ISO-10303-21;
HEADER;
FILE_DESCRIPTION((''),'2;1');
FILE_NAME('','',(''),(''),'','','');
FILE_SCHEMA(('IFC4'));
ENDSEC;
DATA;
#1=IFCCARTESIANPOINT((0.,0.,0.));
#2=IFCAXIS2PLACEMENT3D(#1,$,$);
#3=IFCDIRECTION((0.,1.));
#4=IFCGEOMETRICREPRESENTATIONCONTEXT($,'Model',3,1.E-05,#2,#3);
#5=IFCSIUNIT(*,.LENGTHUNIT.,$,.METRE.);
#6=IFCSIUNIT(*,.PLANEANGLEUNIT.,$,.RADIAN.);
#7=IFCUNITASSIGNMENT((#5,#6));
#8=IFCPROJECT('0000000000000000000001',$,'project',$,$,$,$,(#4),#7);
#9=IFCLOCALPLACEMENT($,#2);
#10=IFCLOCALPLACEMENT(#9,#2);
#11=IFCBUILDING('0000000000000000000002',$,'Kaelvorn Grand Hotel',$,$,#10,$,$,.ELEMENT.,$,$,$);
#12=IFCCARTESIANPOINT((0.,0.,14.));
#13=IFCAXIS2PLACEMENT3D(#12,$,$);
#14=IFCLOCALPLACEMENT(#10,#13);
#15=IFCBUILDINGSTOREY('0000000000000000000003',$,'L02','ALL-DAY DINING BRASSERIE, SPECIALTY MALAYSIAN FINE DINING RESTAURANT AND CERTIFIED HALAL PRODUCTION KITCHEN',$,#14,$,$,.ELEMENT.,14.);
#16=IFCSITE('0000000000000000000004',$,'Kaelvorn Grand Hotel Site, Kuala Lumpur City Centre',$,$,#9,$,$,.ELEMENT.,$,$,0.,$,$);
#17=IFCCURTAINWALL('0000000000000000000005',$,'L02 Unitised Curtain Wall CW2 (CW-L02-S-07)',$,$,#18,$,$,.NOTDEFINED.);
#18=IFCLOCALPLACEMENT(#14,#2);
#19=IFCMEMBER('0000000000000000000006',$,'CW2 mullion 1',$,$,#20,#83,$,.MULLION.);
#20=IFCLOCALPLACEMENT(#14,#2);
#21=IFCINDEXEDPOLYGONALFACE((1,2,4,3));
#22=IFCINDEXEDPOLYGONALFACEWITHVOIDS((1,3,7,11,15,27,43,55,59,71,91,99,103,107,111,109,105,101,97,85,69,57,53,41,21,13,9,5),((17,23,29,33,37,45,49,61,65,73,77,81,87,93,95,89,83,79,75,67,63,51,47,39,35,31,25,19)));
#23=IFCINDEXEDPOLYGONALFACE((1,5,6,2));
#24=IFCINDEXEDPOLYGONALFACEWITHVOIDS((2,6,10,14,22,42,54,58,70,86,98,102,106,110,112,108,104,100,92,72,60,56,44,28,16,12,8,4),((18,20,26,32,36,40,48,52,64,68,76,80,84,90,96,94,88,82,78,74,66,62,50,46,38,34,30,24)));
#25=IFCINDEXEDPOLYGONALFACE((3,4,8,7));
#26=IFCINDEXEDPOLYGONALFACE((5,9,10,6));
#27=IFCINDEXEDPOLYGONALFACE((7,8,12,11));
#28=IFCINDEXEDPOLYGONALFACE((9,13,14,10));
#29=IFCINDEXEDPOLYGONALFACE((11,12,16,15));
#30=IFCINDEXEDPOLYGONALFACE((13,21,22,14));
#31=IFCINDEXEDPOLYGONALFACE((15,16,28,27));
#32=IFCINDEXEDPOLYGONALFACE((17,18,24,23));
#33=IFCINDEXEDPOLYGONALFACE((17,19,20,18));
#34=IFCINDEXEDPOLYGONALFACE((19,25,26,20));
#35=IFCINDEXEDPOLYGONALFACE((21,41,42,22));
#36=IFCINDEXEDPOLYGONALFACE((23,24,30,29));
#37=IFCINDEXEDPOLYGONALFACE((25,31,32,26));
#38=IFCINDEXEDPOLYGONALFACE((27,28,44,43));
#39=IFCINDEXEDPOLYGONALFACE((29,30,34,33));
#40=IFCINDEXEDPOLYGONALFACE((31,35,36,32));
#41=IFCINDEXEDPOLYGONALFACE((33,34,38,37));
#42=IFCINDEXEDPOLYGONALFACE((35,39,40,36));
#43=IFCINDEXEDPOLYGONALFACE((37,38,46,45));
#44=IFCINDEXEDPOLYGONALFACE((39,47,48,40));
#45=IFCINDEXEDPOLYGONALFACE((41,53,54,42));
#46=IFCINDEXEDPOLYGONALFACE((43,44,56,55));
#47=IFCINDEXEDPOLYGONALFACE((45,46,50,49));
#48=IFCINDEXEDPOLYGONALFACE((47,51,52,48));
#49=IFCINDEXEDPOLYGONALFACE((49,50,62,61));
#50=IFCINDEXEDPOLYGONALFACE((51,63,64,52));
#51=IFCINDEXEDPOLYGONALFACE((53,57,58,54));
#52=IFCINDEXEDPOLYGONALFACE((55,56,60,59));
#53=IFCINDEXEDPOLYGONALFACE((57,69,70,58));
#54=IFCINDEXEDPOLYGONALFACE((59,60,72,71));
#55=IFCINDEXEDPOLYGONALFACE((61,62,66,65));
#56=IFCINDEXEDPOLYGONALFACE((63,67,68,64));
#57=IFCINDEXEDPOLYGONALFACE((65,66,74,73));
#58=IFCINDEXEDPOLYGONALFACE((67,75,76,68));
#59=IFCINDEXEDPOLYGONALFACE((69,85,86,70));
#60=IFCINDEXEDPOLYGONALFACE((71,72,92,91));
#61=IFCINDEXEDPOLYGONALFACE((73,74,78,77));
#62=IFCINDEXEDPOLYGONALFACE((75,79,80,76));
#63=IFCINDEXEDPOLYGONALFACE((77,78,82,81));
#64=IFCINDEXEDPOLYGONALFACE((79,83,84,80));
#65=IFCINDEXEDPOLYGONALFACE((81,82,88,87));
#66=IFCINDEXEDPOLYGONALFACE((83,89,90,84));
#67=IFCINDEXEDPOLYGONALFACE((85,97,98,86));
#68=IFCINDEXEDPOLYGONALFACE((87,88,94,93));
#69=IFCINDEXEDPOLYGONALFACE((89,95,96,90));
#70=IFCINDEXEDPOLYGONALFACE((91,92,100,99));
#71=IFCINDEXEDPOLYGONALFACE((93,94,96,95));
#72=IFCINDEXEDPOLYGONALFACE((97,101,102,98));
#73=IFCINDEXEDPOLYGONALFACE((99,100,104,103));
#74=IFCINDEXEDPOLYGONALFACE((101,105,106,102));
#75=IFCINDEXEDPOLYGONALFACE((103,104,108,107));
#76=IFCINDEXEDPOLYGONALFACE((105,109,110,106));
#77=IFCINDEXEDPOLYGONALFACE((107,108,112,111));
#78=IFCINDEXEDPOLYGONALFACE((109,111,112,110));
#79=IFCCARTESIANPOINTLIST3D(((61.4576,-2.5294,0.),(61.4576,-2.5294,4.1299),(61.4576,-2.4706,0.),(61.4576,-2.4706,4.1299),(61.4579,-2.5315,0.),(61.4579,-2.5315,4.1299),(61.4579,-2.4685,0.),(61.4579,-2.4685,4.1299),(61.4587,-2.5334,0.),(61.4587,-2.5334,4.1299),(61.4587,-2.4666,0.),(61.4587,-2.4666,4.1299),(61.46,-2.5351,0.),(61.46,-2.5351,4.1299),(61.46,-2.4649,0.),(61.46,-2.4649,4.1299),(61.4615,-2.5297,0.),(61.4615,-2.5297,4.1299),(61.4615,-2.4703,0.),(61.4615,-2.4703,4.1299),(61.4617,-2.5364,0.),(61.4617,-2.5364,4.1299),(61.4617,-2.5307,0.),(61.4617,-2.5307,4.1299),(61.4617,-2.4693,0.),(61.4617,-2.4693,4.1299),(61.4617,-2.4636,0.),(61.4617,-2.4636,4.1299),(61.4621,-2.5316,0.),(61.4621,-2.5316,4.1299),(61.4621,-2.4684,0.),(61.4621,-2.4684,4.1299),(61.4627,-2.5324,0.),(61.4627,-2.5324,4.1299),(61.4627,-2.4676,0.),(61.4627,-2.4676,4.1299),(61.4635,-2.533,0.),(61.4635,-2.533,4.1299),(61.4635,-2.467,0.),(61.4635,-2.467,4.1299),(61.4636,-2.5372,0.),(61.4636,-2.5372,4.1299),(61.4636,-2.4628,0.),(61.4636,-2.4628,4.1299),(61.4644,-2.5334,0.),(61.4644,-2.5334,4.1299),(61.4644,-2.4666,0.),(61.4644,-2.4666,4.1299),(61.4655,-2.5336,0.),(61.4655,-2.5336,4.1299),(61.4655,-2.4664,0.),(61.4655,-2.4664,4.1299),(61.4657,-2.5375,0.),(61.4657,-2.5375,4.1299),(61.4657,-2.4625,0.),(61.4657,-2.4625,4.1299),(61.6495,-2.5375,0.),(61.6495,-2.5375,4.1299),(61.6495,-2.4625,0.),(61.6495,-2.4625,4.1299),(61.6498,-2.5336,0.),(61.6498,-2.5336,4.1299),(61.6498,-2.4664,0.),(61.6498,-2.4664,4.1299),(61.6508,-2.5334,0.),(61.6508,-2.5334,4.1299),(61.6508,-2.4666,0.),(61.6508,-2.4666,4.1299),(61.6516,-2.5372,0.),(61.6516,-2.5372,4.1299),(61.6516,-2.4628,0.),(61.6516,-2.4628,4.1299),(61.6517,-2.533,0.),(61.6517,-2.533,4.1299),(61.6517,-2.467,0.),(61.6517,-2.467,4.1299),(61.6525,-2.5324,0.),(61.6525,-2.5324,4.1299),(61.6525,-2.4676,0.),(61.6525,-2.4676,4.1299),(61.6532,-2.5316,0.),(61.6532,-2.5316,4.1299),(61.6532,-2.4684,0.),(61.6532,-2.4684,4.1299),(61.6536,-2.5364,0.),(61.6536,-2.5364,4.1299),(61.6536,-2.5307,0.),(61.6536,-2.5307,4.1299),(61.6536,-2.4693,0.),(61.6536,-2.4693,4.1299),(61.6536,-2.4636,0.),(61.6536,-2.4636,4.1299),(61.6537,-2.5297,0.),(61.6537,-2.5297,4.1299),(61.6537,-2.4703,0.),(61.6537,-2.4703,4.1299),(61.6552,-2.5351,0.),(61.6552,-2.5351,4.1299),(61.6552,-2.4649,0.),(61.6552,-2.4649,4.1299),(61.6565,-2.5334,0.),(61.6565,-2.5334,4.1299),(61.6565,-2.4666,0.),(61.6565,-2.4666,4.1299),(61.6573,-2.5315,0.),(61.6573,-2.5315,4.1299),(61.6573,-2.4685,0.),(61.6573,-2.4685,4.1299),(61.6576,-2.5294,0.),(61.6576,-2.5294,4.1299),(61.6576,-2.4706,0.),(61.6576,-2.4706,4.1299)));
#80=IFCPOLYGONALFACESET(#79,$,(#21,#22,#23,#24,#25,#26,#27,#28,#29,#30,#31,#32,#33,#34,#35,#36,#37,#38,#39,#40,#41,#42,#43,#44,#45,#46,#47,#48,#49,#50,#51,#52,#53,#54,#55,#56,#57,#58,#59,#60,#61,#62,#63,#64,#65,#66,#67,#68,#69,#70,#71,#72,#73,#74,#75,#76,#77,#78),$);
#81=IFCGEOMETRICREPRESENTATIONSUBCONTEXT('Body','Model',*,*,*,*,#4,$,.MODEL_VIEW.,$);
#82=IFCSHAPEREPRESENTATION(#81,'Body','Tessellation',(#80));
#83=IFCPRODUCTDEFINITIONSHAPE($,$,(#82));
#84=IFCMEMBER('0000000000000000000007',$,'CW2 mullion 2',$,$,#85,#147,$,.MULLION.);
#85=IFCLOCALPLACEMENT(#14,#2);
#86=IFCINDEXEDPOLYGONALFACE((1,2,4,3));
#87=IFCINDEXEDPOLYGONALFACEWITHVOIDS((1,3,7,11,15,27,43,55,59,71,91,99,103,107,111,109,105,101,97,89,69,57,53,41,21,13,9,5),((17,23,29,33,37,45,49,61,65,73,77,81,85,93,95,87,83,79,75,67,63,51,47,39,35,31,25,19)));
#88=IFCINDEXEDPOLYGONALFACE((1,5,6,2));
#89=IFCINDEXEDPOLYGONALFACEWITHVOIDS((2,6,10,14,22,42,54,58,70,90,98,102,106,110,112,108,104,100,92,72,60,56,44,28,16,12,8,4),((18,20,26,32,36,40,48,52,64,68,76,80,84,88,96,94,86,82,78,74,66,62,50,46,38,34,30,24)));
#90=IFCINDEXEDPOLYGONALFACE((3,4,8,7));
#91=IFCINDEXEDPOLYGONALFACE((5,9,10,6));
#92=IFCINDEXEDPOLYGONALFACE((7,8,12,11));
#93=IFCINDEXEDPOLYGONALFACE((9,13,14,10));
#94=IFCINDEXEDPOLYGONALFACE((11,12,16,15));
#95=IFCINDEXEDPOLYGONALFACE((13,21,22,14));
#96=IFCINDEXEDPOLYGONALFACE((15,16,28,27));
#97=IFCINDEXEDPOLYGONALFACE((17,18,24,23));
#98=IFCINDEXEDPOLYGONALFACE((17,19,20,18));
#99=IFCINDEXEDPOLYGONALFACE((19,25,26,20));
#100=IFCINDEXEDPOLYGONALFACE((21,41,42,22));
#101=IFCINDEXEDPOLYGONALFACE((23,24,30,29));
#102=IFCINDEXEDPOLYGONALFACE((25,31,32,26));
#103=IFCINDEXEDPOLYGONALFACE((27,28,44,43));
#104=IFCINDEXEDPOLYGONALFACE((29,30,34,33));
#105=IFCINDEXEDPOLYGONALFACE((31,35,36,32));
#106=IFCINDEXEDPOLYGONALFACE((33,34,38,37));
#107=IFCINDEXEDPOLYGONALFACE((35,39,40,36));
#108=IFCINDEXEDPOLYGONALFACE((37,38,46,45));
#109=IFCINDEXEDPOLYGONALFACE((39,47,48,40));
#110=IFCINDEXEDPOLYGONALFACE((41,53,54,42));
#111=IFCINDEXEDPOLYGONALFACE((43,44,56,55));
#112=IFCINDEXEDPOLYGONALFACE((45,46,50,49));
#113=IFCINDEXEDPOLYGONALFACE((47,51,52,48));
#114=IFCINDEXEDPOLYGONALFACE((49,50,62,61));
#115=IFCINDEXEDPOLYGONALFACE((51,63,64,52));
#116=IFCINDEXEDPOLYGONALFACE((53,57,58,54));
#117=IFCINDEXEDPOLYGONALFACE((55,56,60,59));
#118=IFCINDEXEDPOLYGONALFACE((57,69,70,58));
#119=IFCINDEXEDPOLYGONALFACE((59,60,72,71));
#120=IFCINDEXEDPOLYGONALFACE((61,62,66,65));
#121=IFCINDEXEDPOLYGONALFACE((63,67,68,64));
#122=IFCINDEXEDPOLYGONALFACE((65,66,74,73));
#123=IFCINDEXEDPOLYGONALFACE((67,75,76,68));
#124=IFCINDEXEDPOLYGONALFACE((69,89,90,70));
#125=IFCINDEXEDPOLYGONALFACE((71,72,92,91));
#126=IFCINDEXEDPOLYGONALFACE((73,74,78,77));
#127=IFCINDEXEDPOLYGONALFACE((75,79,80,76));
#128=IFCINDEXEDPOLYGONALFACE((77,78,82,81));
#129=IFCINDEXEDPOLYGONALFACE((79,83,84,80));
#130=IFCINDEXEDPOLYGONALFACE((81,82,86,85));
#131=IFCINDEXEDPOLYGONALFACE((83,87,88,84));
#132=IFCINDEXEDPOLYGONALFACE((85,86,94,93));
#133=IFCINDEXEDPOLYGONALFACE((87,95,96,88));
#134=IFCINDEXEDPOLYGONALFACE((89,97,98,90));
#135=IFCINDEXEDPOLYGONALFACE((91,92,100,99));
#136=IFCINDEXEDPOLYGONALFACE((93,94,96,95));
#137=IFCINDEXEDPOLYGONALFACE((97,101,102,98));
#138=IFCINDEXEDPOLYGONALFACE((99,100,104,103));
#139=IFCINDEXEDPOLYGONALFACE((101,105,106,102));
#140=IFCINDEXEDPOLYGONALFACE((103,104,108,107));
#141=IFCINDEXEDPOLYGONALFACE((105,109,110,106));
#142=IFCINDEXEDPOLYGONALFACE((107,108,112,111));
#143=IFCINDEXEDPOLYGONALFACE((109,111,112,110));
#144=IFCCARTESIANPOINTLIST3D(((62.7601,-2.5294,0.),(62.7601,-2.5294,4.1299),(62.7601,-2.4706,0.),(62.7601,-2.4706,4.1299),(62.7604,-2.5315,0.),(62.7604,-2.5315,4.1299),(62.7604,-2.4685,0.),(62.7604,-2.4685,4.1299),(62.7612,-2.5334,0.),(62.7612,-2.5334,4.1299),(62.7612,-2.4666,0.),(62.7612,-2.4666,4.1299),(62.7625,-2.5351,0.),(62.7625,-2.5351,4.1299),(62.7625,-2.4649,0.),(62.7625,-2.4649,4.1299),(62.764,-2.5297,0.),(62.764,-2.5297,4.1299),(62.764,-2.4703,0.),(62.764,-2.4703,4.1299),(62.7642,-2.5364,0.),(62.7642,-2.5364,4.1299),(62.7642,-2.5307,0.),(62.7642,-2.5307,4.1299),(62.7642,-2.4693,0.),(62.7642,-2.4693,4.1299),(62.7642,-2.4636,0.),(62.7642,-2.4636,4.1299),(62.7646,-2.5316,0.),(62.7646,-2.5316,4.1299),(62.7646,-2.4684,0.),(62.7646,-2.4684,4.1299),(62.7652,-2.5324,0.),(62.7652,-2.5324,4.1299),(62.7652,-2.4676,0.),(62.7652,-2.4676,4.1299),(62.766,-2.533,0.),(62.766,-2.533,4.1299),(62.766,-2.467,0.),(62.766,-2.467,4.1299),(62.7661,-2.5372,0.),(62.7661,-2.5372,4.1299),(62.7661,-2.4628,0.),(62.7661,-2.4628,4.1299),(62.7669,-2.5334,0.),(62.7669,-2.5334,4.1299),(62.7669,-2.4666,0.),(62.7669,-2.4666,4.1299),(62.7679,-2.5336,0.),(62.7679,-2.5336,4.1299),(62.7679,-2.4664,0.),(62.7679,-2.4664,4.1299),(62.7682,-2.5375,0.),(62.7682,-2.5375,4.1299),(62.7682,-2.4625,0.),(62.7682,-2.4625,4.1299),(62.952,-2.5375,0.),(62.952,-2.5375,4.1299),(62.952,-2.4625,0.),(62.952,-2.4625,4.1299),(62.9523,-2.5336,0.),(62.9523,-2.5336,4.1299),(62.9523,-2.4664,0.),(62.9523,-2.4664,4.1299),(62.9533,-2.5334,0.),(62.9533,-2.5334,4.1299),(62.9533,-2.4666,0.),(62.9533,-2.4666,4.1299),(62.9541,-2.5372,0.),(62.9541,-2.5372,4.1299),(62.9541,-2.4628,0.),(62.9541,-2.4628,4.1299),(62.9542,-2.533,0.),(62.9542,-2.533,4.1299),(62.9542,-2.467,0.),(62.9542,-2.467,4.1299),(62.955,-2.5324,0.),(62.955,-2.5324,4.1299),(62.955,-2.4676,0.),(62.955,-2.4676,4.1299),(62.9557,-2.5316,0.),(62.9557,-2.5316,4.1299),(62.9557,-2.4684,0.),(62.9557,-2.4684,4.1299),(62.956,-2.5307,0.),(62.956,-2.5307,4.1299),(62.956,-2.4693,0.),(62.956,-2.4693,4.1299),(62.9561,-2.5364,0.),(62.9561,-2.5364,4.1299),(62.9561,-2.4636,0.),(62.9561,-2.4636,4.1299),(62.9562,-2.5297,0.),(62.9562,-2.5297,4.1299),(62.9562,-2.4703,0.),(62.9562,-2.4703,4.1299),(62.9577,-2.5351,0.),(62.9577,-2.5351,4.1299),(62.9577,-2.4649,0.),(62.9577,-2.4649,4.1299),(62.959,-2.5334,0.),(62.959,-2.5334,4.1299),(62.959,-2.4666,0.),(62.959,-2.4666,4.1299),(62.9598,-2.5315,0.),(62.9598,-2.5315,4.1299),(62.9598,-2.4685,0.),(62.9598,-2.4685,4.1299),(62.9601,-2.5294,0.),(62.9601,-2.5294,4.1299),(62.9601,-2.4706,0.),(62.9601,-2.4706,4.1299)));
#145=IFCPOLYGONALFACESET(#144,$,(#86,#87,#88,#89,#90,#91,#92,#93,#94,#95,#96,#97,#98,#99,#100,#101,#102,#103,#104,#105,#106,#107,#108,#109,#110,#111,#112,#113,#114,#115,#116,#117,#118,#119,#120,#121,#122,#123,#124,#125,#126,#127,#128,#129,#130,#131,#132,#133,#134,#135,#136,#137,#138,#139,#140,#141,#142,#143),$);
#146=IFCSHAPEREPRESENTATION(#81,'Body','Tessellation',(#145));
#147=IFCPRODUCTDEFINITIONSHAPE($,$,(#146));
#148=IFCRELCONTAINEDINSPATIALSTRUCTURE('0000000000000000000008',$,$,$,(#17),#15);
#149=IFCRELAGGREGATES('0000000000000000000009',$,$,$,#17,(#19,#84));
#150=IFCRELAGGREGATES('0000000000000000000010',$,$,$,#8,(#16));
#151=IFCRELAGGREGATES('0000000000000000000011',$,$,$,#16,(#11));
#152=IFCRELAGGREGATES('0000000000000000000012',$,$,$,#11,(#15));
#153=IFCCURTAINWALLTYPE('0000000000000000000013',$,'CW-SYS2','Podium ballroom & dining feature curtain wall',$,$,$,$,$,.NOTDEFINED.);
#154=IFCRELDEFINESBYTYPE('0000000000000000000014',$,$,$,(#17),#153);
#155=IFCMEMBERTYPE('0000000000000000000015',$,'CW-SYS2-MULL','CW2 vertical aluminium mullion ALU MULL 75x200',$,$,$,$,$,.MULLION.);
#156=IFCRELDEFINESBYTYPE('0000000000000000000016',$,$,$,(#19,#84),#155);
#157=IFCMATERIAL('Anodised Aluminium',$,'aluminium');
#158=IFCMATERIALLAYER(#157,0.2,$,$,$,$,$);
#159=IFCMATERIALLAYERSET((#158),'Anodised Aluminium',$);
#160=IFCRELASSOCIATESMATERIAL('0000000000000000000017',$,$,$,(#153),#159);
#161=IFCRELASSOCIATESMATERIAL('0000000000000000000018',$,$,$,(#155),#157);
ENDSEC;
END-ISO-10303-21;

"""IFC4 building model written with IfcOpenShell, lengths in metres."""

from ifc_helpers import new_model, si_unit, direction, frame, origin, origin_2d, place, context, subcontext, project, spatial, hollow_rectangle, extrude, material, layer, layer_set, material_profile, profile_set, type_object, element, aggregate, save


model = new_model("IFC4")

# Units and contexts
model_context = context("Model", 3, precision=1e-05, world=origin(), true_north=direction((0.0, 1.0)))
body_context = subcontext(model_context, "Body", "Model", "MODEL_VIEW")
ifc_project = project(units=[si_unit("LENGTHUNIT", "METRE"), si_unit("PLANEANGLEUNIT", "RADIAN")], contexts=[model_context])

# Site, building, storey
site_placement = place(None, origin())
site = spatial("IfcSite", under=ifc_project, at=site_placement, Name="Kaelvorn Grand Hotel Site, Kuala Lumpur City Centre", CompositionType="ELEMENT", RefElevation=0.0)
building_placement = place(site_placement, origin())
building = spatial("IfcBuilding", under=site, at=building_placement, Name="Kaelvorn Grand Hotel", CompositionType="ELEMENT")
storey_placement = place(building_placement, frame((0.0, 0.0, 14.0)))
storey = spatial("IfcBuildingStorey", under=building, at=storey_placement, Name="L02", Description="ALL-DAY DINING BRASSERIE, SPECIALTY MALAYSIAN FINE DINING RESTAURANT AND CERTIFIED HALAL PRODUCTION KITCHEN", CompositionType="ELEMENT", Elevation=14.0)

# Curtain wall, members
ifc_material_1 = material(Name="Anodised Aluminium", Category="aluminium")
ifc_layer_1 = layer(ifc_material_1, 0.2)
ifc_layer_set_1 = layer_set([ifc_layer_1], Name="Anodised Aluminium")
curtain_wall_type = type_object("IfcCurtainWallType", Name="CW-SYS2", Description="Podium ballroom & dining feature curtain wall", PredefinedType="NOTDEFINED", material=ifc_layer_set_1)
ifc_material_profile_1 = material_profile(ifc_material_1, hollow_rectangle(XDim=0.075, YDim=0.2, WallThickness=0.0039, InnerFilletRadius=0.0039, OuterFilletRadius=0.0081, at=origin_2d()), Name="ALU MULL 75x200")
ifc_profile_set_1 = profile_set([ifc_material_profile_1], Name="Anodised Aluminium")
member_type_1 = type_object("IfcMemberType", Name="CW-SYS2-MULL", Description="CW2 vertical aluminium mullion ALU MULL 75x200", PredefinedType="MULLION", material=ifc_profile_set_1)
curtain_wall_1_placement = place(storey_placement, origin())
curtain_wall_1 = element("IfcCurtainWall", 1, at=curtain_wall_1_placement, inside=storey, type_object=curtain_wall_type, Name="L02 Unitised Curtain Wall CW2 (CW-L02-S-07)", PredefinedType="NOTDEFINED")
member_1_placement = place(storey_placement, frame((61.5576, -2.5, 0.0), z_axis=(0.0, 0.0, 1.0), x_axis=(0.0, 1.0, 0.0)))
member_1 = element("IfcMember", 2, at=member_1_placement, type_object=member_type_1, Name="CW2 mullion 1", PredefinedType="MULLION", context=body_context, shape_type="SweptSolid", body=[
    extrude(hollow_rectangle(XDim=0.075, YDim=0.2, WallThickness=0.0039, InnerFilletRadius=0.0039, OuterFilletRadius=0.0081, at=origin_2d()), origin(), (0.0, 0.0, 1.0), 4.1299),
])
member_2_placement = place(storey_placement, frame((62.8601, -2.5, 0.0), z_axis=(0.0, 0.0, 1.0), x_axis=(0.0, 1.0, 0.0)))
member_2 = element("IfcMember", 3, at=member_2_placement, type_object=member_type_1, Name="CW2 mullion 2", PredefinedType="MULLION", context=body_context, shape_type="SweptSolid", body=[
    extrude(hollow_rectangle(XDim=0.075, YDim=0.2, WallThickness=0.0039, InnerFilletRadius=0.0039, OuterFilletRadius=0.0081, at=origin_2d()), origin(), (0.0, 0.0, 1.0), 4.1299),
])

aggregate(curtain_wall_1, [member_1, member_2])

save(model, "model.ifc")
